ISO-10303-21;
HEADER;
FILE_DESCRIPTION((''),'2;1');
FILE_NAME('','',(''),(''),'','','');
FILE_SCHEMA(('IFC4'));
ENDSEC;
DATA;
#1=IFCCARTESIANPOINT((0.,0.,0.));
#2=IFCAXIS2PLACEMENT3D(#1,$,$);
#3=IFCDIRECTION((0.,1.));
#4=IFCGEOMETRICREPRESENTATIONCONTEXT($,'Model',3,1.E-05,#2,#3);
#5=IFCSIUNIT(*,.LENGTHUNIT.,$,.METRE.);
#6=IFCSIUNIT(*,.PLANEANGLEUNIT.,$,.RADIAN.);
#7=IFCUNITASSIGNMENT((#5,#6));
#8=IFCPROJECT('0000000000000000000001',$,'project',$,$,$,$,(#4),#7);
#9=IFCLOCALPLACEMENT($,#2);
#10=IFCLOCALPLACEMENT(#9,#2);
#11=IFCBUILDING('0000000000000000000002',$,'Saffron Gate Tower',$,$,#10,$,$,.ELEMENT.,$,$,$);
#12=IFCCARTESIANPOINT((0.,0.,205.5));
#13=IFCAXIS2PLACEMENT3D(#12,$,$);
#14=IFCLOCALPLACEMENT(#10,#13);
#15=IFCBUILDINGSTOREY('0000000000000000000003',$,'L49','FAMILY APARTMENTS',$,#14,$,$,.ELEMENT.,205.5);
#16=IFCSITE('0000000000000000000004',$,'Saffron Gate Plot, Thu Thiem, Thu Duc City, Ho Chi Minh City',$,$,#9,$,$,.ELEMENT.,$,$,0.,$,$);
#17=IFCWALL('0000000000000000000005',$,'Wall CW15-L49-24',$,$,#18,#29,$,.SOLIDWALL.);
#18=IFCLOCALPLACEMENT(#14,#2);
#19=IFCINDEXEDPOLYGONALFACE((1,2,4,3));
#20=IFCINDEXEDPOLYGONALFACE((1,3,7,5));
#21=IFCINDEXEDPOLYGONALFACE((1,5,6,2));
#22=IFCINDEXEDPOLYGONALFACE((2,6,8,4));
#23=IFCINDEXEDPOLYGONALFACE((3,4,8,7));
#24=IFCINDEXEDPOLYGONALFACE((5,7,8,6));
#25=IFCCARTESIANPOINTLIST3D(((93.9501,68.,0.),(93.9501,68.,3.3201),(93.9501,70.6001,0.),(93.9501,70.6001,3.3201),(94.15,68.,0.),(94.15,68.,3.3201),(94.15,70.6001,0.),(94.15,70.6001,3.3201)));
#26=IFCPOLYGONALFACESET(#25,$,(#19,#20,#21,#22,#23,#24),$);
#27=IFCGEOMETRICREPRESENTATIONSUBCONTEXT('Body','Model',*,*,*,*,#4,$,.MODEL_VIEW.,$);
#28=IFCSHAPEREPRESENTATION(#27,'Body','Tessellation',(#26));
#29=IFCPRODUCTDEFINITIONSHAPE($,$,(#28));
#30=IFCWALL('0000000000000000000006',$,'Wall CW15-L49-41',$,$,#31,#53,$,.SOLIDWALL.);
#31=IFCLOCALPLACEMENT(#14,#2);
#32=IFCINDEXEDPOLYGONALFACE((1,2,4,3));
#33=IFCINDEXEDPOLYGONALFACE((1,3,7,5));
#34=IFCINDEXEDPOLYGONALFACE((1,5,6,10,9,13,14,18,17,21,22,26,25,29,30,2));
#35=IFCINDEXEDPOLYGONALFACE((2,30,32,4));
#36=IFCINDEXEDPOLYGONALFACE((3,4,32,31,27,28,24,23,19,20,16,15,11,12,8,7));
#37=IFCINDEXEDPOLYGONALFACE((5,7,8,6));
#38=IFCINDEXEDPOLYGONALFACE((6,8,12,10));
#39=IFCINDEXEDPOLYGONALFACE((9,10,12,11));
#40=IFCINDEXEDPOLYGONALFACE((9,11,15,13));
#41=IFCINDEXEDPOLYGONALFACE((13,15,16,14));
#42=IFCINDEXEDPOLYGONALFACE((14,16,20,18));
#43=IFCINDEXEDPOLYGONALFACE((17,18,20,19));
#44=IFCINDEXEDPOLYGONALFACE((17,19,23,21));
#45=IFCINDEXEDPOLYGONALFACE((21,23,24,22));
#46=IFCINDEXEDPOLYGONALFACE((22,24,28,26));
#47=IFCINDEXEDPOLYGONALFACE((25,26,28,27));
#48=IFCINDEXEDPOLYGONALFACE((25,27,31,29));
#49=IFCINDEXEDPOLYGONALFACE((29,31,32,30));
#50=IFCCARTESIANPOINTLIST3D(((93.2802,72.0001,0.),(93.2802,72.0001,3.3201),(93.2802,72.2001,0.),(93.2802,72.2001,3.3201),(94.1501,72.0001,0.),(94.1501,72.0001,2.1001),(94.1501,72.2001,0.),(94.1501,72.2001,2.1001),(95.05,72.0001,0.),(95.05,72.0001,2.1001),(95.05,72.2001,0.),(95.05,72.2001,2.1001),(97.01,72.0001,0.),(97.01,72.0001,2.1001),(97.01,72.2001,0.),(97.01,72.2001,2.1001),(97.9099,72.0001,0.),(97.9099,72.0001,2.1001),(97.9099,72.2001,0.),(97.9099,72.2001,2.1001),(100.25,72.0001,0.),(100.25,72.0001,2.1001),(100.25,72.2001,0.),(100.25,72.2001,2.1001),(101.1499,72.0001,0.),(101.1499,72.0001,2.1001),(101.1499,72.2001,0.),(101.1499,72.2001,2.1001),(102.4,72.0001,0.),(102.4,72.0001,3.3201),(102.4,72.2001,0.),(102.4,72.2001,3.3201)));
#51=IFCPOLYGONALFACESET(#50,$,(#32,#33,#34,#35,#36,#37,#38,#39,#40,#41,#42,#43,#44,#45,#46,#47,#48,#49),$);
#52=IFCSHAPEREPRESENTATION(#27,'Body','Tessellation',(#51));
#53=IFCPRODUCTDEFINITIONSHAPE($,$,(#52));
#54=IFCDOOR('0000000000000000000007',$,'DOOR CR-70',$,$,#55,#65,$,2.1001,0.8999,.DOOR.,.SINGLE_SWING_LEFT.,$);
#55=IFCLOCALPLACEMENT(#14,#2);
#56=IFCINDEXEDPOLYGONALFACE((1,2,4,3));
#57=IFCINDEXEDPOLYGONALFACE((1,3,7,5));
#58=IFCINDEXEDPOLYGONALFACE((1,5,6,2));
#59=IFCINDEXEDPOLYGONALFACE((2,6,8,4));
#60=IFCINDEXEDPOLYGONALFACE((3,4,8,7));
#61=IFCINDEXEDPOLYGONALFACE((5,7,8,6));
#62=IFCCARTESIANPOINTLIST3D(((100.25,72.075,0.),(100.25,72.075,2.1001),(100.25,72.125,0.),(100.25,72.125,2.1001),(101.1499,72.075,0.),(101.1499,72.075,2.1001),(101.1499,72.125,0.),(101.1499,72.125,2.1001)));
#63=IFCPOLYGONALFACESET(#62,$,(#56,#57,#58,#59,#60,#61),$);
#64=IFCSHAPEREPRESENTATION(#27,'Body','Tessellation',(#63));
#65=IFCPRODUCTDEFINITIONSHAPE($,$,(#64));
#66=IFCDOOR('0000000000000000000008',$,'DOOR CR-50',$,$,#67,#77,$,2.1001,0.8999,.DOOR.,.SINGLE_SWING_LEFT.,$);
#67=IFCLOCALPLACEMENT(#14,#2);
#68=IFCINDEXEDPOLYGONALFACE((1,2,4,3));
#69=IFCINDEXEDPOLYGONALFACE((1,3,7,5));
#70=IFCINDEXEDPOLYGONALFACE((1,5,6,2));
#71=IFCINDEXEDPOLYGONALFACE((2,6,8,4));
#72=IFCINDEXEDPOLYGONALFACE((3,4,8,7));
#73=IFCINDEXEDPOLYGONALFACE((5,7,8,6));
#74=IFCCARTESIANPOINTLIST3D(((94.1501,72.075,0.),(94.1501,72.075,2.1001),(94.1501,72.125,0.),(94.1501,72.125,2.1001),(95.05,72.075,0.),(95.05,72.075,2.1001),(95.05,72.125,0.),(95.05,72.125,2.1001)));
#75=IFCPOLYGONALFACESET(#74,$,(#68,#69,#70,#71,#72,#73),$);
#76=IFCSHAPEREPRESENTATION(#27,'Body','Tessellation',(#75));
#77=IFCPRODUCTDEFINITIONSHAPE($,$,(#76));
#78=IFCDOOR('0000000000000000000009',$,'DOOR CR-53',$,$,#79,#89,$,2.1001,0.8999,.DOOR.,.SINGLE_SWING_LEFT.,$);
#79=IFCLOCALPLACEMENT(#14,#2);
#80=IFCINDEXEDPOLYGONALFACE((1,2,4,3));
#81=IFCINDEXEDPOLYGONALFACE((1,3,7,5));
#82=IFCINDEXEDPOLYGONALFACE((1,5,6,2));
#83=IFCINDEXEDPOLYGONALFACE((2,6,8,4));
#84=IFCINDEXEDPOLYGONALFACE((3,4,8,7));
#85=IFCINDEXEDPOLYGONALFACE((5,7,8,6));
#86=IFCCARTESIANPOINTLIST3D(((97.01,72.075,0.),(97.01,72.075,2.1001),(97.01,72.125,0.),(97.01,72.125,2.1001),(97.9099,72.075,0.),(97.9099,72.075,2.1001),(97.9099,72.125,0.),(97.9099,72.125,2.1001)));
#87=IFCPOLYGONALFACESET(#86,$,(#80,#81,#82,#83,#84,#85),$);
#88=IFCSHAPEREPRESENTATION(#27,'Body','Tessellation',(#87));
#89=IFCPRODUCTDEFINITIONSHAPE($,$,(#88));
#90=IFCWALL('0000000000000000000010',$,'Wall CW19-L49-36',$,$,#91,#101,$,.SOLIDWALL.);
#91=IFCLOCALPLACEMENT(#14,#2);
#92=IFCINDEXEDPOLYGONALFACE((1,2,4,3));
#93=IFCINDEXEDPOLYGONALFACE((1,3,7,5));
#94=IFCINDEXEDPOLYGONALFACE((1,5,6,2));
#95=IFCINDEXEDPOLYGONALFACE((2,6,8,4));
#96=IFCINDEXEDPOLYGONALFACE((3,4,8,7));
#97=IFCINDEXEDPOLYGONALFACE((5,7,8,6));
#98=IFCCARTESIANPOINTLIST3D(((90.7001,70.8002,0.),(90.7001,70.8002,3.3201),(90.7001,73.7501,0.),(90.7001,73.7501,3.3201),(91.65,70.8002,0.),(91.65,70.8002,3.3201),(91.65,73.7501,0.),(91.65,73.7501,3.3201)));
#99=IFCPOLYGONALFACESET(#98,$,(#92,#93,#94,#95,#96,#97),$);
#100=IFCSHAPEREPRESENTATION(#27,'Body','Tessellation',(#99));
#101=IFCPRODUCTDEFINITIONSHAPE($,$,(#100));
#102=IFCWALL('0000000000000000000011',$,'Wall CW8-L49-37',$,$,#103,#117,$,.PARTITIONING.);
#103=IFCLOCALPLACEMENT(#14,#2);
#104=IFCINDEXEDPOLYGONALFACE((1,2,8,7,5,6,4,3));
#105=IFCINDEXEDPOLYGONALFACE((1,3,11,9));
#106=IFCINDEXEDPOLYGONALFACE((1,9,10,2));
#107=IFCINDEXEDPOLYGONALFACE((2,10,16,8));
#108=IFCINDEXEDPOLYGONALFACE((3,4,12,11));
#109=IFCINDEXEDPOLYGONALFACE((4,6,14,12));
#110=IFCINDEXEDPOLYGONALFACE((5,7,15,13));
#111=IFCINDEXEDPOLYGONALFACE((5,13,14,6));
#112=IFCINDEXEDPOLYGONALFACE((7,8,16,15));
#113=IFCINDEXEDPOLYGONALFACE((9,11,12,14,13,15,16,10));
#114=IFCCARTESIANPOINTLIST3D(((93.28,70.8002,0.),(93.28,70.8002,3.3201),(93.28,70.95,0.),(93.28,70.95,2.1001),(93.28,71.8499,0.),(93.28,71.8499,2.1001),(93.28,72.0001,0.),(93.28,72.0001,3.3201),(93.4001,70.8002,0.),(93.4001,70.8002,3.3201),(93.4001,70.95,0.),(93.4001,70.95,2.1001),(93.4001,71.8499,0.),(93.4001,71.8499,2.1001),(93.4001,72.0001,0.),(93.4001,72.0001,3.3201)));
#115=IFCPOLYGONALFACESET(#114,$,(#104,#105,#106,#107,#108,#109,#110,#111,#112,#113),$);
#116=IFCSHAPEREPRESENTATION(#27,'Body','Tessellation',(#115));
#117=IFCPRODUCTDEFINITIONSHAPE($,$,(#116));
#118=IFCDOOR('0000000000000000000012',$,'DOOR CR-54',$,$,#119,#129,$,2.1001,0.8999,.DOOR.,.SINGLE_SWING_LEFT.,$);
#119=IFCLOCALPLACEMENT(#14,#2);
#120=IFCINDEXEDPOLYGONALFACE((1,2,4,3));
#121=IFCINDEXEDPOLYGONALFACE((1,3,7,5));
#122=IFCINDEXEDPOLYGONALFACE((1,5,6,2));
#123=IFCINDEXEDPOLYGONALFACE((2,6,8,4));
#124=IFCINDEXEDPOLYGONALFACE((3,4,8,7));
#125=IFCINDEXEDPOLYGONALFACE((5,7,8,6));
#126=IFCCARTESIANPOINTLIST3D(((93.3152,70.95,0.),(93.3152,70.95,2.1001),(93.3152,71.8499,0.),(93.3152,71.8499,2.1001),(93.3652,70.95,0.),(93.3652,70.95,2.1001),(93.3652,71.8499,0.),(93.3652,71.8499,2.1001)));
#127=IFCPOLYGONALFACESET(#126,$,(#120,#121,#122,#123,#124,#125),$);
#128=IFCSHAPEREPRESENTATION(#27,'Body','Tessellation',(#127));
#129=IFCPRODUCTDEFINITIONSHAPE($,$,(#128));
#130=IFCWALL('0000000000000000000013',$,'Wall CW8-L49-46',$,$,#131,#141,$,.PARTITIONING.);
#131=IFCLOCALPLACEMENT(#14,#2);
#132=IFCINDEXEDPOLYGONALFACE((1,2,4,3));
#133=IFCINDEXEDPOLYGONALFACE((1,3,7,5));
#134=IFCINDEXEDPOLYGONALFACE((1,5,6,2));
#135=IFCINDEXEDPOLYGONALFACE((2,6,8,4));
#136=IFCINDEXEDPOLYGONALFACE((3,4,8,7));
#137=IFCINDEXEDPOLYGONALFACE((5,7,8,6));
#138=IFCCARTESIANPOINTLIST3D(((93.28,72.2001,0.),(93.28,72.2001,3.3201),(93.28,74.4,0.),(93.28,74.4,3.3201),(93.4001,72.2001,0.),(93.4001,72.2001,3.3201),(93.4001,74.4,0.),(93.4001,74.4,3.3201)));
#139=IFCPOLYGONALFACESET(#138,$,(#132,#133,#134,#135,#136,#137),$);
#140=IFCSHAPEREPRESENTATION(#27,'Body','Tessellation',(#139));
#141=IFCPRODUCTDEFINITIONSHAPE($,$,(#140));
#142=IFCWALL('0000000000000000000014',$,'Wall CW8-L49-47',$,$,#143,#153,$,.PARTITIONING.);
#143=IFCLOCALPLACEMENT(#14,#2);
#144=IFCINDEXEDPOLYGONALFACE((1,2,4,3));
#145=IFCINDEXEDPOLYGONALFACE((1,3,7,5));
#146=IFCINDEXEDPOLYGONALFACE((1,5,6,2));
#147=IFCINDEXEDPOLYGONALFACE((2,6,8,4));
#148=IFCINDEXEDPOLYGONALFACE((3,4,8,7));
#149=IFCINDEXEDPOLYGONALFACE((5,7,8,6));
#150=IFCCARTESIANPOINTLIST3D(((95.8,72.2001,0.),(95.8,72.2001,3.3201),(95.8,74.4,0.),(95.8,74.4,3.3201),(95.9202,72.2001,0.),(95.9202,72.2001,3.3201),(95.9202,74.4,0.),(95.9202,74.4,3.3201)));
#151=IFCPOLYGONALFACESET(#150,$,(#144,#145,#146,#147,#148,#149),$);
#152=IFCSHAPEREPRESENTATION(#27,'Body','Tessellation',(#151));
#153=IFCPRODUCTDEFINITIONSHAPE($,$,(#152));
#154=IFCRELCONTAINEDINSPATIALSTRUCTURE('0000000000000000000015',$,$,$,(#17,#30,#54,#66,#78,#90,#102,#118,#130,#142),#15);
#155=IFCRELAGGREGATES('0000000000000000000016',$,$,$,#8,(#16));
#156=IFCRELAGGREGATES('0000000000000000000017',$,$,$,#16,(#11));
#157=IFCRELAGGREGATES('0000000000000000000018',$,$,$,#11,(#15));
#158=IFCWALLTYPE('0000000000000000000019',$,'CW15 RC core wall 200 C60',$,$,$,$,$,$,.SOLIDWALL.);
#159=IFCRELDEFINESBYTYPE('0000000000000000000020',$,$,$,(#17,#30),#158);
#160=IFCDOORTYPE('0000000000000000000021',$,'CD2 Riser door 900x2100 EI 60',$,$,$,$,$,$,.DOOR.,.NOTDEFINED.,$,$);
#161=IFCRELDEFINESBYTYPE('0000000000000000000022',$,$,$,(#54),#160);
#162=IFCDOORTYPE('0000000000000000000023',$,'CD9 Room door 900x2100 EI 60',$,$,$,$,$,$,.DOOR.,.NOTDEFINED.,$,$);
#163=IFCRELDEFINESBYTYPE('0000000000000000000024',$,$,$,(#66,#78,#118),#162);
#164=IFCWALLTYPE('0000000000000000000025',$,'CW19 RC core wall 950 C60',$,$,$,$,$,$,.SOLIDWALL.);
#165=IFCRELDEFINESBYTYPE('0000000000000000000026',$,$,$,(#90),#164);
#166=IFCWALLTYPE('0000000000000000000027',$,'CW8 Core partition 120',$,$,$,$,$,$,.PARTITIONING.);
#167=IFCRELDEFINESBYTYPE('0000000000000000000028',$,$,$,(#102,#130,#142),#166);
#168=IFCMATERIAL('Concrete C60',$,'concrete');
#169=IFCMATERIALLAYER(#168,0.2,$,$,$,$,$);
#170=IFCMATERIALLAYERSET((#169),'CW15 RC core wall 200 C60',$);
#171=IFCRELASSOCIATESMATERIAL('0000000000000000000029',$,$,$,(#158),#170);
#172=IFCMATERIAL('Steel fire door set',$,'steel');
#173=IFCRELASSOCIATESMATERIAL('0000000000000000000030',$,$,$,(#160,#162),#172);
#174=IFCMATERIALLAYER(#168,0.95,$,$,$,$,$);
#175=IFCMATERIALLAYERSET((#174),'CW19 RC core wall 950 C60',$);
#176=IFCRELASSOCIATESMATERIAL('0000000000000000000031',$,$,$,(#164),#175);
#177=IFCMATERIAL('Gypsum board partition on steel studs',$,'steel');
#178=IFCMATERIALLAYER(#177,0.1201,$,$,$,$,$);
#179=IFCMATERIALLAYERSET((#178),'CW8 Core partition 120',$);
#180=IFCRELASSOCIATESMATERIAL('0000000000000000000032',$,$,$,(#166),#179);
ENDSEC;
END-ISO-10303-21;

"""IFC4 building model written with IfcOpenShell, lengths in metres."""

from ifc_helpers import new_model, si_unit, direction, frame, frame_2d, origin, place, context, subcontext, project, spatial, rectangle, extrude, material, layer, layer_set, type_object, element, fill, save


model = new_model("IFC4")

# Units and contexts
model_context = context("Model", 3, precision=1e-05, world=origin(), true_north=direction((0.0, 1.0)))
body_context = subcontext(model_context, "Body", "Model", "MODEL_VIEW")
ifc_project = project(units=[si_unit("LENGTHUNIT", "METRE"), si_unit("PLANEANGLEUNIT", "RADIAN")], contexts=[model_context])

# Site, building, storey
site_placement = place(None, origin())
site = spatial("IfcSite", under=ifc_project, at=site_placement, Name="Saffron Gate Plot, Thu Thiem, Thu Duc City, Ho Chi Minh City", CompositionType="ELEMENT", RefElevation=0.0)
building_placement = place(site_placement, origin())
building = spatial("IfcBuilding", under=site, at=building_placement, Name="Saffron Gate Tower", CompositionType="ELEMENT")
storey_placement = place(building_placement, frame((0.0, 0.0, 205.5)))
storey = spatial("IfcBuildingStorey", under=building, at=storey_placement, Name="L49", Description="FAMILY APARTMENTS", CompositionType="ELEMENT", Elevation=205.5)

# Shared definitions
ifc_material_1 = material(Name="Concrete C60", Category="concrete")

# Shared definitions
ifc_material_2 = material(Name="Steel fire door set", Category="steel")

# Shared definitions
ifc_layer_1 = layer(ifc_material_1, 0.2)
ifc_layer_set_1 = layer_set([ifc_layer_1], Name="CW15 RC core wall 200 C60")
wall_type_1 = type_object("IfcWallType", Name="CW15 RC core wall 200 C60", PredefinedType="SOLIDWALL", material=ifc_layer_set_1)

# Shared definitions
door_type_1 = type_object("IfcDoorType", Name="CD2 Riser door 900x2100 EI 60", OperationType="NOTDEFINED", PredefinedType="DOOR", material=ifc_material_2)

# Wall
wall_1_placement = place(storey_placement, frame((94.05, 68.0, 0.0), z_axis=(0.0, 0.0, 1.0), x_axis=(0.0, 1.0, 0.0)))
element("IfcWall", 1, at=wall_1_placement, inside=storey, type_object=wall_type_1, Name="Wall CW15-L49-24", PredefinedType="SOLIDWALL", context=body_context, shape_type="SweptSolid", body=[
    extrude(rectangle(XDim=2.6001, YDim=0.2, at=frame_2d((1.3, 0.0))), origin(), (0.0, 0.0, 1.0), 3.3201),
])

# Wall, openings, doors
wall_2_placement = place(storey_placement, frame((93.28, 72.1001, 0.0), z_axis=(0.0, 0.0, 1.0), x_axis=(1.0, 0.0, 0.0)))
wall_2 = element("IfcWall", 2, at=wall_2_placement, inside=storey, type_object=wall_type_1, Name="Wall CW15-L49-41", PredefinedType="SOLIDWALL", context=body_context, shape_type="SweptSolid", body=[
    extrude(rectangle(XDim=9.1199, YDim=0.2, at=frame_2d((4.5601, 0.0))), origin(), (0.0, 0.0, 1.0), 3.3201),
])
opening_1_placement = place(wall_2_placement, frame((0.8701, 0.0, 0.0)))
opening_1 = element("IfcOpeningElement", 3, at=opening_1_placement, cuts=wall_2, PredefinedType="OPENING", context=body_context, shape_type="SweptSolid", body=[
    extrude(rectangle(XDim=0.8999, YDim=2.1001, at=frame_2d((0.45, 1.05))), frame((0.0, 0.1099, 0.0), z_axis=(0.0, -1.0, 0.0), x_axis=(1.0, 0.0, 0.0)), (0.0, 0.0, 1.0), 0.22),
])
opening_2_placement = place(wall_2_placement, frame((3.73, 0.0, 0.0)))
opening_2 = element("IfcOpeningElement", 4, at=opening_2_placement, cuts=wall_2, PredefinedType="OPENING", context=body_context, shape_type="SweptSolid", body=[
    extrude(rectangle(XDim=0.8999, YDim=2.1001, at=frame_2d((0.45, 1.05))), frame((0.0, 0.1099, 0.0), z_axis=(0.0, -1.0, 0.0), x_axis=(1.0, 0.0, 0.0)), (0.0, 0.0, 1.0), 0.22),
])
opening_3_placement = place(wall_2_placement, frame((6.97, 0.0, 0.0)))
opening_3 = element("IfcOpeningElement", 5, at=opening_3_placement, cuts=wall_2, PredefinedType="OPENING", context=body_context, shape_type="SweptSolid", body=[
    extrude(rectangle(XDim=0.8999, YDim=2.1001, at=frame_2d((0.45, 1.05))), frame((0.0, 0.1099, 0.0), z_axis=(0.0, -1.0, 0.0), x_axis=(1.0, 0.0, 0.0)), (0.0, 0.0, 1.0), 0.22),
])
door_1_placement = place(opening_3_placement, origin())
door_1 = element("IfcDoor", 6, at=door_1_placement, inside=storey, type_object=door_type_1, Name="DOOR CR-70", OperationType="SINGLE_SWING_LEFT", OverallHeight=2.1001, OverallWidth=0.8999, PredefinedType="DOOR", context=body_context, shape_type="SweptSolid", body=[
    extrude(rectangle(XDim=0.8999, YDim=2.1001, at=frame_2d((0.45, 1.05))), frame((0.0, 0.0249, 0.0), z_axis=(0.0, -1.0, 0.0), x_axis=(1.0, 0.0, 0.0)), (0.0, 0.0, 1.0), 0.05),
])
fill(opening_3, door_1)
door_type_2 = type_object("IfcDoorType", Name="CD9 Room door 900x2100 EI 60", OperationType="NOTDEFINED", PredefinedType="DOOR", material=ifc_material_2)
door_2_placement = place(opening_1_placement, origin())
door_2 = element("IfcDoor", 7, at=door_2_placement, inside=storey, type_object=door_type_2, Name="DOOR CR-50", OperationType="SINGLE_SWING_LEFT", OverallHeight=2.1001, OverallWidth=0.8999, PredefinedType="DOOR", context=body_context, shape_type="SweptSolid", body=[
    extrude(rectangle(XDim=0.8999, YDim=2.1001, at=frame_2d((0.45, 1.05))), frame((0.0, 0.0249, 0.0), z_axis=(0.0, -1.0, 0.0), x_axis=(1.0, 0.0, 0.0)), (0.0, 0.0, 1.0), 0.05),
])
fill(opening_1, door_2)
door_3_placement = place(opening_2_placement, origin())
door_3 = element("IfcDoor", 8, at=door_3_placement, inside=storey, type_object=door_type_2, Name="DOOR CR-53", OperationType="SINGLE_SWING_LEFT", OverallHeight=2.1001, OverallWidth=0.8999, PredefinedType="DOOR", context=body_context, shape_type="SweptSolid", body=[
    extrude(rectangle(XDim=0.8999, YDim=2.1001, at=frame_2d((0.45, 1.05))), frame((0.0, 0.0249, 0.0), z_axis=(0.0, -1.0, 0.0), x_axis=(1.0, 0.0, 0.0)), (0.0, 0.0, 1.0), 0.05),
])
fill(opening_2, door_3)

# Wall
ifc_layer_2 = layer(ifc_material_1, 0.95)
ifc_layer_set_2 = layer_set([ifc_layer_2], Name="CW19 RC core wall 950 C60")
wall_type_2 = type_object("IfcWallType", Name="CW19 RC core wall 950 C60", PredefinedType="SOLIDWALL", material=ifc_layer_set_2)
wall_3_placement = place(storey_placement, frame((91.175, 70.8, 0.0), z_axis=(0.0, 0.0, 1.0), x_axis=(0.0, 1.0, 0.0)))
element("IfcWall", 9, at=wall_3_placement, inside=storey, type_object=wall_type_2, Name="Wall CW19-L49-36", PredefinedType="SOLIDWALL", context=body_context, shape_type="SweptSolid", body=[
    extrude(rectangle(XDim=2.95, YDim=0.95, at=frame_2d((1.4751, 0.0))), origin(), (0.0, 0.0, 1.0), 3.3201),
])

# Wall, opening, door
ifc_material_3 = material(Name="Gypsum board partition on steel studs", Category="steel")
ifc_layer_3 = layer(ifc_material_3, 0.1201)
ifc_layer_set_3 = layer_set([ifc_layer_3], Name="CW8 Core partition 120")
wall_type_3 = type_object("IfcWallType", Name="CW8 Core partition 120", PredefinedType="PARTITIONING", material=ifc_layer_set_3)
wall_4_placement = place(storey_placement, frame((93.3401, 70.8, 0.0), z_axis=(0.0, 0.0, 1.0), x_axis=(0.0, 1.0, 0.0)))
wall_4 = element("IfcWall", 10, at=wall_4_placement, inside=storey, type_object=wall_type_3, Name="Wall CW8-L49-37", PredefinedType="PARTITIONING", context=body_context, shape_type="SweptSolid", body=[
    extrude(rectangle(XDim=1.2, YDim=0.1201, at=frame_2d((0.6001, 0.0))), origin(), (0.0, 0.0, 1.0), 3.3201),
])
opening_4_placement = place(wall_4_placement, frame((0.1499, 0.0, 0.0)))
opening_4 = element("IfcOpeningElement", 11, at=opening_4_placement, cuts=wall_4, PredefinedType="OPENING", context=body_context, shape_type="SweptSolid", body=[
    extrude(rectangle(XDim=0.8999, YDim=2.1001, at=frame_2d((0.45, 1.05))), frame((0.0, 0.0701, 0.0), z_axis=(0.0, -1.0, 0.0), x_axis=(1.0, 0.0, 0.0)), (0.0, 0.0, 1.0), 0.1401),
])
door_4_placement = place(opening_4_placement, origin())
door_4 = element("IfcDoor", 12, at=door_4_placement, inside=storey, type_object=door_type_2, Name="DOOR CR-54", OperationType="SINGLE_SWING_LEFT", OverallHeight=2.1001, OverallWidth=0.8999, PredefinedType="DOOR", context=body_context, shape_type="SweptSolid", body=[
    extrude(rectangle(XDim=0.8999, YDim=2.1001, at=frame_2d((0.45, 1.05))), frame((0.0, 0.0249, 0.0), z_axis=(0.0, -1.0, 0.0), x_axis=(1.0, 0.0, 0.0)), (0.0, 0.0, 1.0), 0.05),
])
fill(opening_4, door_4)

# Walls
for number, where, z_axis, x_axis, name in (
    (13, (93.3401, 72.2, 0.0), (0.0, 0.0, 1.0), (0.0, 1.0, 0.0), "Wall CW8-L49-46"),
    (14, (95.8601, 72.2, 0.0), (0.0, 0.0, 1.0), (0.0, 1.0, 0.0), "Wall CW8-L49-47"),
):
    element("IfcWall", number, at=place(storey_placement, frame(where, z_axis=z_axis, x_axis=x_axis)), inside=storey, type_object=wall_type_3, Name=name, PredefinedType="PARTITIONING", context=body_context, shape_type="SweptSolid", body=[
        extrude(rectangle(XDim=2.2, YDim=0.1201, at=frame_2d((1.1001, 0.0))), origin(), (0.0, 0.0, 1.0), 3.3201),
    ])

save(model, "model.ifc")
